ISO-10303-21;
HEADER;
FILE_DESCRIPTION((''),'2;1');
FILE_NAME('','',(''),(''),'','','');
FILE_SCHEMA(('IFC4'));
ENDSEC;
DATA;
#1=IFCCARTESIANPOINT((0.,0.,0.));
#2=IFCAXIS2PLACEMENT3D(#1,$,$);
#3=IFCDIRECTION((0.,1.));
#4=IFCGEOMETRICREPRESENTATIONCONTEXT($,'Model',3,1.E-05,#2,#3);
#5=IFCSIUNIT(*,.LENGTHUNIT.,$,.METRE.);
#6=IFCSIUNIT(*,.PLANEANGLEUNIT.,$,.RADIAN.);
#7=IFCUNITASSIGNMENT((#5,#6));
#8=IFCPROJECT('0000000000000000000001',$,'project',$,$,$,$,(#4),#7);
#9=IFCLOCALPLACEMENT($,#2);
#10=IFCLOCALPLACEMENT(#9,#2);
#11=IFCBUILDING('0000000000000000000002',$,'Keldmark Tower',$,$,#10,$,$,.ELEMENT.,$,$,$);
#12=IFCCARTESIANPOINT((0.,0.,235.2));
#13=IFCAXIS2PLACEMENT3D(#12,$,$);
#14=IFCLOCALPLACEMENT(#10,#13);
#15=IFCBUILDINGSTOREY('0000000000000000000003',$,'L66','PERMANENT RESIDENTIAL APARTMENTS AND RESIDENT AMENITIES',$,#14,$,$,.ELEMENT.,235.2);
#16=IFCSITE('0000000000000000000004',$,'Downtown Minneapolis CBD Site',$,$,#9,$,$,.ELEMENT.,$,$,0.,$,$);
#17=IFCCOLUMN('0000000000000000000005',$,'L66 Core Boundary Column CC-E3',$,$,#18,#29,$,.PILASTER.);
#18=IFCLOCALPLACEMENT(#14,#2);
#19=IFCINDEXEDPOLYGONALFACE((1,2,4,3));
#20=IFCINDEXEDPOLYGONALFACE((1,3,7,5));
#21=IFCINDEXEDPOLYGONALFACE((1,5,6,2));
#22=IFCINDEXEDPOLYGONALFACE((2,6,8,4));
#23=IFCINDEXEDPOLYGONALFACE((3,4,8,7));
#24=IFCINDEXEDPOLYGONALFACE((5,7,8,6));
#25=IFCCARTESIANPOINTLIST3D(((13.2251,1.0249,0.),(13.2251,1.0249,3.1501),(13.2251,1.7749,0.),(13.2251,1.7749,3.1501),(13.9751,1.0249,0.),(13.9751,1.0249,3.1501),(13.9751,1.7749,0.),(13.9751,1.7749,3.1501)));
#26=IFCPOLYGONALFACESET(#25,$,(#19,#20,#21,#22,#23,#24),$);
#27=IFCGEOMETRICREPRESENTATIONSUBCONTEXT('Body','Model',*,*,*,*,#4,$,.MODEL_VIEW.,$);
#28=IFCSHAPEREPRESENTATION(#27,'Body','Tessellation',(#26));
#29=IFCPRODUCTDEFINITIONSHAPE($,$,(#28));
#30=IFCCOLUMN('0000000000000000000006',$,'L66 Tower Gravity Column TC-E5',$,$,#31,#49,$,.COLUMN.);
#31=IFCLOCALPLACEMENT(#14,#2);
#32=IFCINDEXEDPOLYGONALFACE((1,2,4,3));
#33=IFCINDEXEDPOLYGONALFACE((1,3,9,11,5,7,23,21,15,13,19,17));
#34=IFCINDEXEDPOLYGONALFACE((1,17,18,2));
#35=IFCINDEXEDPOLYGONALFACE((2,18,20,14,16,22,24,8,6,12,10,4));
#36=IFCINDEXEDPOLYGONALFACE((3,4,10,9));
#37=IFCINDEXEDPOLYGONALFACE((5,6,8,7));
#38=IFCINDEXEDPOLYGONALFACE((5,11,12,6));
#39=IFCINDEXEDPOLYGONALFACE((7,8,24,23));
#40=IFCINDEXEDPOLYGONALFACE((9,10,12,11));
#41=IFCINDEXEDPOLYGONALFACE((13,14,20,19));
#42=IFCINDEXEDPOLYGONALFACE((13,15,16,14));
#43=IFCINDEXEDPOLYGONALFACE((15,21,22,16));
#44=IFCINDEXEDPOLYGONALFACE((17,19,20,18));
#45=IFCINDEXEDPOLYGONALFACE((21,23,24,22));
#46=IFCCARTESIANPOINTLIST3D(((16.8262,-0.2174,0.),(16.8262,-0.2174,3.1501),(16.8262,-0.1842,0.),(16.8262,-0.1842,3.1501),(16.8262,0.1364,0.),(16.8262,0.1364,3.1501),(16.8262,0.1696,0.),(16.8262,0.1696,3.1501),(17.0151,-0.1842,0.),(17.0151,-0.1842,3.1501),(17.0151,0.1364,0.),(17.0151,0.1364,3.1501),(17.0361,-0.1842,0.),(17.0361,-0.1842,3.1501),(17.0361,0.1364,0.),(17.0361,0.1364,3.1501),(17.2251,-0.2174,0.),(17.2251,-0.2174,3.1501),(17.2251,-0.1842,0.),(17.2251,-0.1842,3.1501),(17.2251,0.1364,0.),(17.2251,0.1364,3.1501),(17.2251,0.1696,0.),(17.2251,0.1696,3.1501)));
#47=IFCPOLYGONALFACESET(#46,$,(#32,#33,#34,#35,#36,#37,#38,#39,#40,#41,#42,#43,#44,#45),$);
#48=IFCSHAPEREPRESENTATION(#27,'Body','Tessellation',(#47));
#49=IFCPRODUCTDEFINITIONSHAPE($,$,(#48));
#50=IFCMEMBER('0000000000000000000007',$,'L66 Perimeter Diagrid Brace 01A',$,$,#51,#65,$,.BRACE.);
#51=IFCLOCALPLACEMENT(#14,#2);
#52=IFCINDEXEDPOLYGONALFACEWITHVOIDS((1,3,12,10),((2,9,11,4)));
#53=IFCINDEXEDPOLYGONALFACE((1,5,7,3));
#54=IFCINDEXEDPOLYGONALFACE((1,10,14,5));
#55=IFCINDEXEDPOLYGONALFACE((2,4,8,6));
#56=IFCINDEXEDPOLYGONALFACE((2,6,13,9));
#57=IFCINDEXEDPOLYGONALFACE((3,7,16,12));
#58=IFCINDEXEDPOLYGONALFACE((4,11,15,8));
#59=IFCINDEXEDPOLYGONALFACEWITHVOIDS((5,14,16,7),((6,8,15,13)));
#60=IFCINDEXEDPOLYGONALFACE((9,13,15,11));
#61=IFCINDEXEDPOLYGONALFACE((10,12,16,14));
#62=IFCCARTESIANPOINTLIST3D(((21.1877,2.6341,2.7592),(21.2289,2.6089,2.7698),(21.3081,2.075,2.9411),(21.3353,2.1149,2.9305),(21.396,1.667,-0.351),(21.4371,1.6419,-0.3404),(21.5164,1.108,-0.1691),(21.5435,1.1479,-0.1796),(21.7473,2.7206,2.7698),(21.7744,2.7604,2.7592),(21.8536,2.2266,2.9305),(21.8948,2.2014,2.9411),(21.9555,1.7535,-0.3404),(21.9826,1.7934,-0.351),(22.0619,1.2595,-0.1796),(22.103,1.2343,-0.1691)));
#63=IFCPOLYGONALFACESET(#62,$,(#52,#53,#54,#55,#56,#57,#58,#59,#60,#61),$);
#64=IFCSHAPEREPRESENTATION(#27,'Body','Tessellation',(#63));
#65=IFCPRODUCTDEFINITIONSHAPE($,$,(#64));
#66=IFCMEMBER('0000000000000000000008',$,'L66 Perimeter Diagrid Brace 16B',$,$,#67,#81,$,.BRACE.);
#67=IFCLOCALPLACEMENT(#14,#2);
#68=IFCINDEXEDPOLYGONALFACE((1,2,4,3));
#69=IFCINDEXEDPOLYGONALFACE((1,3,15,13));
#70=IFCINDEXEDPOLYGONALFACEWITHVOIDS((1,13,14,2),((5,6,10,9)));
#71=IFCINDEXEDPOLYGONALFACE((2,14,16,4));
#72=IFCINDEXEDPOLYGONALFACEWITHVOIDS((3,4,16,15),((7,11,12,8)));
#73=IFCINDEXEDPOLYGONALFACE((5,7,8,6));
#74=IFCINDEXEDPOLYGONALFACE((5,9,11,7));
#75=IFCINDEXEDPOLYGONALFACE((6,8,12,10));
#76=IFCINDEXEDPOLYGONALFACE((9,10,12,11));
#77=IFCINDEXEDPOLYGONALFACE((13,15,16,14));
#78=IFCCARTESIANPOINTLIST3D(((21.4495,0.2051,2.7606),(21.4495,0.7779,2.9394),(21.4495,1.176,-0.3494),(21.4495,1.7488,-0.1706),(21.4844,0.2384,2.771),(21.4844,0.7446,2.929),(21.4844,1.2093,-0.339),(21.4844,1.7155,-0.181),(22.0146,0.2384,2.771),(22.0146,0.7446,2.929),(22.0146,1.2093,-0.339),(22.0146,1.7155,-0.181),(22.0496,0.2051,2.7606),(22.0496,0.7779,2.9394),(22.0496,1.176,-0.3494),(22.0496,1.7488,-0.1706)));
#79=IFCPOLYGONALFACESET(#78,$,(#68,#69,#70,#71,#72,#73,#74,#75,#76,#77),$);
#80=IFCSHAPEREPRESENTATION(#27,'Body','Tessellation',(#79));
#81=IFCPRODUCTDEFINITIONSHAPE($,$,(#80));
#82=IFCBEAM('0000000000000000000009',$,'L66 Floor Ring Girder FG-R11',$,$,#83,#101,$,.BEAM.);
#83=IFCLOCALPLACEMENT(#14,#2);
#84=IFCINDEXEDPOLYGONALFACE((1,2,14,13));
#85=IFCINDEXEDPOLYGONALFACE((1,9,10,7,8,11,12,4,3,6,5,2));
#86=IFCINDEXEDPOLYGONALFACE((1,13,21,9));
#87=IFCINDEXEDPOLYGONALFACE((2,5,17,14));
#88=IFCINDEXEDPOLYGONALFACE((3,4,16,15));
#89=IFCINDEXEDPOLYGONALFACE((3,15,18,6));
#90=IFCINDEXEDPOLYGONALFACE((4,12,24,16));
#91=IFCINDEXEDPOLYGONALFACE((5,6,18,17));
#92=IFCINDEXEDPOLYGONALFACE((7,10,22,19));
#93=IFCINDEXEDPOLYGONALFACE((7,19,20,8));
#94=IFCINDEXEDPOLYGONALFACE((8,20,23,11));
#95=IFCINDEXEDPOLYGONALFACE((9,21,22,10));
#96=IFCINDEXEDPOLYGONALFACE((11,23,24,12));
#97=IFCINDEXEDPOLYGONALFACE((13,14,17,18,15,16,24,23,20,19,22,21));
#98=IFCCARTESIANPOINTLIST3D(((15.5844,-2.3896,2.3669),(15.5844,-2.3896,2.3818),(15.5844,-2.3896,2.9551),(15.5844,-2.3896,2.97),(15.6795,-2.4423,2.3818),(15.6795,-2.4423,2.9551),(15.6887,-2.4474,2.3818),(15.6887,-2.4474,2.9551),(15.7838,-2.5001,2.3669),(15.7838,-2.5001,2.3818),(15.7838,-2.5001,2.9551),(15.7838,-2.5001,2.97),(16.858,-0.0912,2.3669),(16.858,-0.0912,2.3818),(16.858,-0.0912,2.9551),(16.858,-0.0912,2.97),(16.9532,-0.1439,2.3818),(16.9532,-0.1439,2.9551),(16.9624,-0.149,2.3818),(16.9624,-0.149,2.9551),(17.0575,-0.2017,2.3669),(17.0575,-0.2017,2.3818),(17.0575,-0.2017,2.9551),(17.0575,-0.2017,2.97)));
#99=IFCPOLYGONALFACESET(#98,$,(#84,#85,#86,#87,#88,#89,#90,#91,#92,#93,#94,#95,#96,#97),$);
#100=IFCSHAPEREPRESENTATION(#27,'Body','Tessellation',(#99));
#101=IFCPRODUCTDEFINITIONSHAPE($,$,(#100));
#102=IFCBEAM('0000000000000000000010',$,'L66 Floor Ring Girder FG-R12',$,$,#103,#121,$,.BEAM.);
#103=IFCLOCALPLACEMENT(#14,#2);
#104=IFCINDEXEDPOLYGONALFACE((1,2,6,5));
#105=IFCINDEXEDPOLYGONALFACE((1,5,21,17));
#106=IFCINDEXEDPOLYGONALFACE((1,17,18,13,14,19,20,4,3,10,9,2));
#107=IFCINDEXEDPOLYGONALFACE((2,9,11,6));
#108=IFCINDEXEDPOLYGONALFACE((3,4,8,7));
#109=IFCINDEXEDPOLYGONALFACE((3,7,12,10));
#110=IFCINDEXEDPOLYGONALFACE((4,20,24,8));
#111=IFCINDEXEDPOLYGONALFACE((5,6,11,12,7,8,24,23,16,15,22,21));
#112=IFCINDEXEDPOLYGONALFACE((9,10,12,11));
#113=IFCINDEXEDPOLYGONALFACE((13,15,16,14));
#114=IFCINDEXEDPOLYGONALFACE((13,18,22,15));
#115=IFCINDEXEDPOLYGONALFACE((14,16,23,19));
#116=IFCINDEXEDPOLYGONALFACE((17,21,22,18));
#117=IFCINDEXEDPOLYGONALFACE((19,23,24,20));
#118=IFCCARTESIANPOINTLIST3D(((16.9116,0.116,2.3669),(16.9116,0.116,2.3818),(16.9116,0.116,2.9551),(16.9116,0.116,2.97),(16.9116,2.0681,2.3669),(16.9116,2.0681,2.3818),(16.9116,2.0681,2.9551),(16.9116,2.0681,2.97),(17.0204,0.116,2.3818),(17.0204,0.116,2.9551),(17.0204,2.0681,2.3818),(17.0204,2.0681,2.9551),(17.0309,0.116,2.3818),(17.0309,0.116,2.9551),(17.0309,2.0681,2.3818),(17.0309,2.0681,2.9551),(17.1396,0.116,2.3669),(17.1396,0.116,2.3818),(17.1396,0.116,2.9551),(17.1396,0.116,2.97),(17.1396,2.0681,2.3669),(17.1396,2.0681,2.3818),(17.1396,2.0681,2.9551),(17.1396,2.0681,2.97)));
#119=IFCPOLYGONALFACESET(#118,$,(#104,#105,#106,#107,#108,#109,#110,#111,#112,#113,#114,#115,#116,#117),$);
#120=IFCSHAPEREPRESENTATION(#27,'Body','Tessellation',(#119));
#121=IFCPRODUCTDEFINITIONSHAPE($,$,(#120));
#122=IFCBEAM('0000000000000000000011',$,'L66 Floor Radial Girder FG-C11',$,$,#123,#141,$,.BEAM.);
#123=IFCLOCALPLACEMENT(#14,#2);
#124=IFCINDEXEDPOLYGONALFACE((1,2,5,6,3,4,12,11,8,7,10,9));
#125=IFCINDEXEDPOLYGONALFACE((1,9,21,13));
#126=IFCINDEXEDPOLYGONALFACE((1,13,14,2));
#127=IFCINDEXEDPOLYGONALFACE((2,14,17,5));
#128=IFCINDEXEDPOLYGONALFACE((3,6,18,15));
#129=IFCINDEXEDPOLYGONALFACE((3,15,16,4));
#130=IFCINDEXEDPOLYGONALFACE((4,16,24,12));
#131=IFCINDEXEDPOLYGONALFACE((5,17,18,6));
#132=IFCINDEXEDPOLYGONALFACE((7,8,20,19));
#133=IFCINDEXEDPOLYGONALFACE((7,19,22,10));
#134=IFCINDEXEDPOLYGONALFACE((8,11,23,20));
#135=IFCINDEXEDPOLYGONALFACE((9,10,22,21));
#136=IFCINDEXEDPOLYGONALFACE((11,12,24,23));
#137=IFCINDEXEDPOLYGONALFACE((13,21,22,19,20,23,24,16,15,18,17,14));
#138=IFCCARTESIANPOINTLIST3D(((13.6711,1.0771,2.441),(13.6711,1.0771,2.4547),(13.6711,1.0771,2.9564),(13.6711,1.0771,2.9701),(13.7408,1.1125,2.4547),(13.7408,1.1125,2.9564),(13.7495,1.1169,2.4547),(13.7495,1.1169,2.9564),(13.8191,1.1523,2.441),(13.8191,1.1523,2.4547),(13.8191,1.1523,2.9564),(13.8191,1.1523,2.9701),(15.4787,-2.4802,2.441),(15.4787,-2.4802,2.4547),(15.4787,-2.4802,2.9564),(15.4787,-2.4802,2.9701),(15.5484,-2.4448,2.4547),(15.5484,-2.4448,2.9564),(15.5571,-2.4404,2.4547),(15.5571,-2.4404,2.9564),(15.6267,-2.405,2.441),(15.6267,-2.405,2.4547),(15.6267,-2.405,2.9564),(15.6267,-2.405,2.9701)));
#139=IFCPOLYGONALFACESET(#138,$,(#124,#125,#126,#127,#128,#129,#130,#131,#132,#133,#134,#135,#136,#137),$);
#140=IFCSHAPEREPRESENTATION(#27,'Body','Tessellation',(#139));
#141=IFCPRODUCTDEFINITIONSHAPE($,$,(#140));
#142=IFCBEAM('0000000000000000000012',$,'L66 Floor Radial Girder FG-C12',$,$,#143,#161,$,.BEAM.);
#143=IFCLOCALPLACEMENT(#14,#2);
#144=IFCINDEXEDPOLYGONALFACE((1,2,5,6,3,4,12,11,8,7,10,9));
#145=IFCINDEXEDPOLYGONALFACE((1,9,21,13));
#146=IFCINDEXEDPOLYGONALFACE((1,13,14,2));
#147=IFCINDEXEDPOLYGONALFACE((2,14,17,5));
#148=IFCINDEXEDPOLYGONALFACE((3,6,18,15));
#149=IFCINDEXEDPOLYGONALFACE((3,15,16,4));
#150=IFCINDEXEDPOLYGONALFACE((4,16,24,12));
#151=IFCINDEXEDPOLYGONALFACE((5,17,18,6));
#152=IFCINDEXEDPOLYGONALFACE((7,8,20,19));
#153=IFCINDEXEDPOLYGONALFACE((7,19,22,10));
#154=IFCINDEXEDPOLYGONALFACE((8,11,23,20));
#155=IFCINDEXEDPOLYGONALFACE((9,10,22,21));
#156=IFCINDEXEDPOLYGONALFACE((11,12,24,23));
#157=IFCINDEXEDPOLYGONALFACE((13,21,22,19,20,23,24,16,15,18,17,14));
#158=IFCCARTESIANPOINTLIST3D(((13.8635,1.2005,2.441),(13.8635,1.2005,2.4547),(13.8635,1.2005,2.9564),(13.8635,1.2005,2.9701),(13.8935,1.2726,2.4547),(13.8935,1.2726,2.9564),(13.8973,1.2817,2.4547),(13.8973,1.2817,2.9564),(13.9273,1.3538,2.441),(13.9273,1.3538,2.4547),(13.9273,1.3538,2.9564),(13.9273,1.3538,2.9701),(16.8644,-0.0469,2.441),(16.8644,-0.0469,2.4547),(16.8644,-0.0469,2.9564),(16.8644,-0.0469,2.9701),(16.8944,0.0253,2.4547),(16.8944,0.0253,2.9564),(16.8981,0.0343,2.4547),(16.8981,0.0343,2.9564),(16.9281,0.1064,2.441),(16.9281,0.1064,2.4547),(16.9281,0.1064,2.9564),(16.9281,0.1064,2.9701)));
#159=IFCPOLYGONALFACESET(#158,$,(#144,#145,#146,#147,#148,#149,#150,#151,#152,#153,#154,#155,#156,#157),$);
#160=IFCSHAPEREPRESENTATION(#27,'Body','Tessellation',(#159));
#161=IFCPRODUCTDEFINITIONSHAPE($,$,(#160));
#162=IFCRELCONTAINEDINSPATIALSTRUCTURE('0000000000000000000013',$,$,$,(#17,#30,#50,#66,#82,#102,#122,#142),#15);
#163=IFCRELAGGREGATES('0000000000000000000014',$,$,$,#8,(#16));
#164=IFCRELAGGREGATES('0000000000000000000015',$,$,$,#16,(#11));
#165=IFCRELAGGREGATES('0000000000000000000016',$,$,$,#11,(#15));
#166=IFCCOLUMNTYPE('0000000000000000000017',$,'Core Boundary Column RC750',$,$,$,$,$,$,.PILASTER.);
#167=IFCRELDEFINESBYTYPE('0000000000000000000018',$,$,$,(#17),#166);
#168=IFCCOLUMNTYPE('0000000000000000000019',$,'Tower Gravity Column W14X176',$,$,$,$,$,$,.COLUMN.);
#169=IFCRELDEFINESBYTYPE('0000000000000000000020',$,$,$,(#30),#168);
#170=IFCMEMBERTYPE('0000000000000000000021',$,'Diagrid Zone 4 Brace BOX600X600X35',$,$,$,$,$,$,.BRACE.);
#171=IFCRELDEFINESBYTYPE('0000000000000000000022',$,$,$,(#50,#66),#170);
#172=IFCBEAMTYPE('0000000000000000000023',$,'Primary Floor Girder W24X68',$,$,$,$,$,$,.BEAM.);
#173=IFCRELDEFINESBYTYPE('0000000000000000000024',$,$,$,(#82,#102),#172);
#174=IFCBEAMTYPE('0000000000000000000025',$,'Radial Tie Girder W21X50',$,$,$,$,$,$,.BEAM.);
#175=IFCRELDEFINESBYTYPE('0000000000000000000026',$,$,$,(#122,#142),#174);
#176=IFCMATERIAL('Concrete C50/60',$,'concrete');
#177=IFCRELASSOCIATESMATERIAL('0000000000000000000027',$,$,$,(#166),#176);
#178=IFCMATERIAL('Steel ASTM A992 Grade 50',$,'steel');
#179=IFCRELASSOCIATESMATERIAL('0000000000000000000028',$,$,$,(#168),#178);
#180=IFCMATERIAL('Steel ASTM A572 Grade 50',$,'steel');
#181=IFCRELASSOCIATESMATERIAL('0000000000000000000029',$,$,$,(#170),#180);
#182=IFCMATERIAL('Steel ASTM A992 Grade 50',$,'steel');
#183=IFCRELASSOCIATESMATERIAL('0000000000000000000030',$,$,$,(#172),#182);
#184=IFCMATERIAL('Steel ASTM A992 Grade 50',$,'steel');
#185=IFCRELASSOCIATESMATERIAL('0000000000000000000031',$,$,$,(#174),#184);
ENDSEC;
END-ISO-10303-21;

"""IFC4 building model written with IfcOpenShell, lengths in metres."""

from ifc_helpers import new_model, si_unit, direction, frame, origin, origin_2d, place, context, subcontext, project, spatial, rectangle, hollow_rectangle, i_section, extrude, material, material_profile, profile_set, type_object, element, save


model = new_model("IFC4")

# Units and contexts
model_context = context("Model", 3, precision=1e-05, world=origin(), true_north=direction((0.0, 1.0)))
body_context = subcontext(model_context, "Body", "Model", "MODEL_VIEW")
ifc_project = project(units=[si_unit("LENGTHUNIT", "METRE"), si_unit("PLANEANGLEUNIT", "RADIAN")], contexts=[model_context])

# Site, building, storey
site_placement = place(None, origin())
site = spatial("IfcSite", under=ifc_project, at=site_placement, Name="Downtown Minneapolis CBD Site", CompositionType="ELEMENT", RefElevation=0.0)
building_placement = place(site_placement, origin())
building = spatial("IfcBuilding", under=site, at=building_placement, Name="Keldmark Tower", CompositionType="ELEMENT")
storey_placement = place(building_placement, frame((0.0, 0.0, 235.2)))
storey = spatial("IfcBuildingStorey", under=building, at=storey_placement, Name="L66", Description="PERMANENT RESIDENTIAL APARTMENTS AND RESIDENT AMENITIES", CompositionType="ELEMENT", Elevation=235.2)

# Columns
ifc_material_1 = material(Name="Concrete C50/60", Category="concrete")
ifc_material_profile_1 = material_profile(ifc_material_1, rectangle(XDim=0.75, YDim=0.75, at=origin_2d()), Name="RC750X750")
ifc_profile_set_1 = profile_set([ifc_material_profile_1], Name="Concrete C50/60")
column_type_1 = type_object("IfcColumnType", Name="Core Boundary Column RC750", PredefinedType="PILASTER", material=ifc_profile_set_1)
column_1_placement = place(storey_placement, frame((13.6001, 1.3999, 0.0), z_axis=(0.0, 0.0, 1.0), x_axis=(1.0, 0.0, 0.0)))
element("IfcColumn", 1, at=column_1_placement, inside=storey, type_object=column_type_1, Name="L66 Core Boundary Column CC-E3", PredefinedType="PILASTER", context=body_context, shape_type="SweptSolid", body=[
    extrude(rectangle(XDim=0.75, YDim=0.75, at=origin_2d()), origin(), (0.0, 0.0, 1.0), 3.1501),
])
ifc_material_2 = material(Name="Steel ASTM A992 Grade 50", Category="steel")
ifc_material_profile_2 = material_profile(ifc_material_2, i_section(OverallWidth=0.3989, OverallDepth=0.387, WebThickness=0.021, FlangeThickness=0.0332, at=origin_2d()), Name="W14X176")
ifc_profile_set_2 = profile_set([ifc_material_profile_2], Name="Steel ASTM A992 Grade 50")
column_type_2 = type_object("IfcColumnType", Name="Tower Gravity Column W14X176", PredefinedType="COLUMN", material=ifc_profile_set_2)
column_2_placement = place(storey_placement, frame((17.0256, -0.0239, 0.0), z_axis=(0.0, 0.0, 1.0), x_axis=(1.0, 0.0, 0.0)))
element("IfcColumn", 2, at=column_2_placement, inside=storey, type_object=column_type_2, Name="L66 Tower Gravity Column TC-E5", PredefinedType="COLUMN", context=body_context, shape_type="SweptSolid", body=[
    extrude(i_section(OverallWidth=0.3989, OverallDepth=0.387, WebThickness=0.021, FlangeThickness=0.0332, at=origin_2d()), origin(), (0.0, 0.0, 1.0), 3.1501),
])

# Members
ifc_material_3 = material(Name="Steel ASTM A572 Grade 50", Category="steel")
ifc_material_profile_3 = material_profile(ifc_material_3, hollow_rectangle(XDim=0.6001, YDim=0.6001, WallThickness=0.0349, at=origin_2d()), Name="BOX600X600X35")
ifc_profile_set_3 = profile_set([ifc_material_profile_3], Name="Steel ASTM A572 Grade 50")
member_type = type_object("IfcMemberType", Name="Diagrid Zone 4 Brace BOX600X600X35", PredefinedType="BRACE", material=ifc_profile_set_3)
member_1_placement = place(storey_placement, frame((21.7495, 1.4507, -0.26), z_axis=(-0.06381, 0.296308, 0.952958), x_axis=(-0.977589, -0.210523, 0.0)))
element("IfcMember", 3, at=member_1_placement, inside=storey, type_object=member_type, Name="L66 Perimeter Diagrid Brace 01A", PredefinedType="BRACE", context=body_context, shape_type="SweptSolid", body=[
    extrude(hollow_rectangle(XDim=0.6001, YDim=0.6001, WallThickness=0.0349, at=origin_2d()), origin(), (0.0, 0.0, 1.0), 3.2637),
])
member_2_placement = place(storey_placement, frame((21.7495, 1.4624, -0.26), z_axis=(0.0, -0.298006, 0.954564), x_axis=(1.0, 0.0, 0.0)))
element("IfcMember", 4, at=member_2_placement, inside=storey, type_object=member_type, Name="L66 Perimeter Diagrid Brace 16B", PredefinedType="BRACE", context=body_context, shape_type="SweptSolid", body=[
    extrude(hollow_rectangle(XDim=0.6001, YDim=0.6001, WallThickness=0.0349, at=origin_2d()), origin(), (0.0, 0.0, 1.0), 3.2581),
])

# Beams
ifc_material_4 = material(Name="Steel ASTM A992 Grade 50", Category="steel")
ifc_material_profile_4 = material_profile(ifc_material_4, i_section(OverallWidth=0.228, OverallDepth=0.603, WebThickness=0.0105, FlangeThickness=0.0149, at=origin_2d()), Name="W24X68")
ifc_profile_set_4 = profile_set([ifc_material_profile_4], Name="Steel ASTM A992 Grade 50")
beam_type_1 = type_object("IfcBeamType", Name="Primary Floor Girder W24X68", PredefinedType="BEAM", material=ifc_profile_set_4)
beam_1_placement = place(storey_placement, frame((15.6841, -2.4448, 2.6685), z_axis=(0.48472, 0.87467, 0.0), x_axis=(-0.87467, 0.48472, 0.0)))
element("IfcBeam", 5, at=beam_1_placement, inside=storey, type_object=beam_type_1, Name="L66 Floor Ring Girder FG-R11", PredefinedType="BEAM", context=body_context, shape_type="SweptSolid", body=[
    extrude(i_section(OverallWidth=0.228, OverallDepth=0.603, WebThickness=0.0105, FlangeThickness=0.0149, at=origin_2d()), origin(), (0.0, 0.0, 1.0), 2.6277),
])
beam_2_placement = place(storey_placement, frame((17.0256, 0.116, 2.6685), z_axis=(0.0, 1.0, 0.0), x_axis=(-1.0, 0.0, 0.0)))
element("IfcBeam", 6, at=beam_2_placement, inside=storey, type_object=beam_type_1, Name="L66 Floor Ring Girder FG-R12", PredefinedType="BEAM", context=body_context, shape_type="SweptSolid", body=[
    extrude(i_section(OverallWidth=0.228, OverallDepth=0.603, WebThickness=0.0105, FlangeThickness=0.0149, at=origin_2d()), origin(), (0.0, 0.0, 1.0), 1.9521),
])
ifc_material_5 = material(Name="Steel ASTM A992 Grade 50", Category="steel")
ifc_material_profile_5 = material_profile(ifc_material_5, i_section(OverallWidth=0.166, OverallDepth=0.5291, WebThickness=0.0098, FlangeThickness=0.0137, at=origin_2d()), Name="W21X50")
ifc_profile_set_5 = profile_set([ifc_material_profile_5], Name="Steel ASTM A992 Grade 50")
beam_type_2 = type_object("IfcBeamType", Name="Radial Tie Girder W21X50", PredefinedType="BEAM", material=ifc_profile_set_5)
beam_3_placement = place(storey_placement, frame((15.5527, -2.4426, 2.7056), z_axis=(-0.453004, 0.891508, 0.0), x_axis=(-0.891508, -0.453004, 0.0)))
element("IfcBeam", 7, at=beam_3_placement, inside=storey, type_object=beam_type_2, Name="L66 Floor Radial Girder FG-C11", PredefinedType="BEAM", context=body_context, shape_type="SweptSolid", body=[
    extrude(i_section(OverallWidth=0.166, OverallDepth=0.5291, WebThickness=0.0098, FlangeThickness=0.0137, at=origin_2d()), origin(), (0.0, 0.0, 1.0), 3.9902),
])
beam_4_placement = place(storey_placement, frame((16.8962, 0.0298, 2.7056), z_axis=(-0.923403, 0.383831, 0.0), x_axis=(-0.383831, -0.923403, 0.0)))
element("IfcBeam", 8, at=beam_4_placement, inside=storey, type_object=beam_type_2, Name="L66 Floor Radial Girder FG-C12", PredefinedType="BEAM", context=body_context, shape_type="SweptSolid", body=[
    extrude(i_section(OverallWidth=0.166, OverallDepth=0.5291, WebThickness=0.0098, FlangeThickness=0.0137, at=origin_2d()), origin(), (0.0, 0.0, 1.0), 3.2498),
])

save(model, "model.ifc")
